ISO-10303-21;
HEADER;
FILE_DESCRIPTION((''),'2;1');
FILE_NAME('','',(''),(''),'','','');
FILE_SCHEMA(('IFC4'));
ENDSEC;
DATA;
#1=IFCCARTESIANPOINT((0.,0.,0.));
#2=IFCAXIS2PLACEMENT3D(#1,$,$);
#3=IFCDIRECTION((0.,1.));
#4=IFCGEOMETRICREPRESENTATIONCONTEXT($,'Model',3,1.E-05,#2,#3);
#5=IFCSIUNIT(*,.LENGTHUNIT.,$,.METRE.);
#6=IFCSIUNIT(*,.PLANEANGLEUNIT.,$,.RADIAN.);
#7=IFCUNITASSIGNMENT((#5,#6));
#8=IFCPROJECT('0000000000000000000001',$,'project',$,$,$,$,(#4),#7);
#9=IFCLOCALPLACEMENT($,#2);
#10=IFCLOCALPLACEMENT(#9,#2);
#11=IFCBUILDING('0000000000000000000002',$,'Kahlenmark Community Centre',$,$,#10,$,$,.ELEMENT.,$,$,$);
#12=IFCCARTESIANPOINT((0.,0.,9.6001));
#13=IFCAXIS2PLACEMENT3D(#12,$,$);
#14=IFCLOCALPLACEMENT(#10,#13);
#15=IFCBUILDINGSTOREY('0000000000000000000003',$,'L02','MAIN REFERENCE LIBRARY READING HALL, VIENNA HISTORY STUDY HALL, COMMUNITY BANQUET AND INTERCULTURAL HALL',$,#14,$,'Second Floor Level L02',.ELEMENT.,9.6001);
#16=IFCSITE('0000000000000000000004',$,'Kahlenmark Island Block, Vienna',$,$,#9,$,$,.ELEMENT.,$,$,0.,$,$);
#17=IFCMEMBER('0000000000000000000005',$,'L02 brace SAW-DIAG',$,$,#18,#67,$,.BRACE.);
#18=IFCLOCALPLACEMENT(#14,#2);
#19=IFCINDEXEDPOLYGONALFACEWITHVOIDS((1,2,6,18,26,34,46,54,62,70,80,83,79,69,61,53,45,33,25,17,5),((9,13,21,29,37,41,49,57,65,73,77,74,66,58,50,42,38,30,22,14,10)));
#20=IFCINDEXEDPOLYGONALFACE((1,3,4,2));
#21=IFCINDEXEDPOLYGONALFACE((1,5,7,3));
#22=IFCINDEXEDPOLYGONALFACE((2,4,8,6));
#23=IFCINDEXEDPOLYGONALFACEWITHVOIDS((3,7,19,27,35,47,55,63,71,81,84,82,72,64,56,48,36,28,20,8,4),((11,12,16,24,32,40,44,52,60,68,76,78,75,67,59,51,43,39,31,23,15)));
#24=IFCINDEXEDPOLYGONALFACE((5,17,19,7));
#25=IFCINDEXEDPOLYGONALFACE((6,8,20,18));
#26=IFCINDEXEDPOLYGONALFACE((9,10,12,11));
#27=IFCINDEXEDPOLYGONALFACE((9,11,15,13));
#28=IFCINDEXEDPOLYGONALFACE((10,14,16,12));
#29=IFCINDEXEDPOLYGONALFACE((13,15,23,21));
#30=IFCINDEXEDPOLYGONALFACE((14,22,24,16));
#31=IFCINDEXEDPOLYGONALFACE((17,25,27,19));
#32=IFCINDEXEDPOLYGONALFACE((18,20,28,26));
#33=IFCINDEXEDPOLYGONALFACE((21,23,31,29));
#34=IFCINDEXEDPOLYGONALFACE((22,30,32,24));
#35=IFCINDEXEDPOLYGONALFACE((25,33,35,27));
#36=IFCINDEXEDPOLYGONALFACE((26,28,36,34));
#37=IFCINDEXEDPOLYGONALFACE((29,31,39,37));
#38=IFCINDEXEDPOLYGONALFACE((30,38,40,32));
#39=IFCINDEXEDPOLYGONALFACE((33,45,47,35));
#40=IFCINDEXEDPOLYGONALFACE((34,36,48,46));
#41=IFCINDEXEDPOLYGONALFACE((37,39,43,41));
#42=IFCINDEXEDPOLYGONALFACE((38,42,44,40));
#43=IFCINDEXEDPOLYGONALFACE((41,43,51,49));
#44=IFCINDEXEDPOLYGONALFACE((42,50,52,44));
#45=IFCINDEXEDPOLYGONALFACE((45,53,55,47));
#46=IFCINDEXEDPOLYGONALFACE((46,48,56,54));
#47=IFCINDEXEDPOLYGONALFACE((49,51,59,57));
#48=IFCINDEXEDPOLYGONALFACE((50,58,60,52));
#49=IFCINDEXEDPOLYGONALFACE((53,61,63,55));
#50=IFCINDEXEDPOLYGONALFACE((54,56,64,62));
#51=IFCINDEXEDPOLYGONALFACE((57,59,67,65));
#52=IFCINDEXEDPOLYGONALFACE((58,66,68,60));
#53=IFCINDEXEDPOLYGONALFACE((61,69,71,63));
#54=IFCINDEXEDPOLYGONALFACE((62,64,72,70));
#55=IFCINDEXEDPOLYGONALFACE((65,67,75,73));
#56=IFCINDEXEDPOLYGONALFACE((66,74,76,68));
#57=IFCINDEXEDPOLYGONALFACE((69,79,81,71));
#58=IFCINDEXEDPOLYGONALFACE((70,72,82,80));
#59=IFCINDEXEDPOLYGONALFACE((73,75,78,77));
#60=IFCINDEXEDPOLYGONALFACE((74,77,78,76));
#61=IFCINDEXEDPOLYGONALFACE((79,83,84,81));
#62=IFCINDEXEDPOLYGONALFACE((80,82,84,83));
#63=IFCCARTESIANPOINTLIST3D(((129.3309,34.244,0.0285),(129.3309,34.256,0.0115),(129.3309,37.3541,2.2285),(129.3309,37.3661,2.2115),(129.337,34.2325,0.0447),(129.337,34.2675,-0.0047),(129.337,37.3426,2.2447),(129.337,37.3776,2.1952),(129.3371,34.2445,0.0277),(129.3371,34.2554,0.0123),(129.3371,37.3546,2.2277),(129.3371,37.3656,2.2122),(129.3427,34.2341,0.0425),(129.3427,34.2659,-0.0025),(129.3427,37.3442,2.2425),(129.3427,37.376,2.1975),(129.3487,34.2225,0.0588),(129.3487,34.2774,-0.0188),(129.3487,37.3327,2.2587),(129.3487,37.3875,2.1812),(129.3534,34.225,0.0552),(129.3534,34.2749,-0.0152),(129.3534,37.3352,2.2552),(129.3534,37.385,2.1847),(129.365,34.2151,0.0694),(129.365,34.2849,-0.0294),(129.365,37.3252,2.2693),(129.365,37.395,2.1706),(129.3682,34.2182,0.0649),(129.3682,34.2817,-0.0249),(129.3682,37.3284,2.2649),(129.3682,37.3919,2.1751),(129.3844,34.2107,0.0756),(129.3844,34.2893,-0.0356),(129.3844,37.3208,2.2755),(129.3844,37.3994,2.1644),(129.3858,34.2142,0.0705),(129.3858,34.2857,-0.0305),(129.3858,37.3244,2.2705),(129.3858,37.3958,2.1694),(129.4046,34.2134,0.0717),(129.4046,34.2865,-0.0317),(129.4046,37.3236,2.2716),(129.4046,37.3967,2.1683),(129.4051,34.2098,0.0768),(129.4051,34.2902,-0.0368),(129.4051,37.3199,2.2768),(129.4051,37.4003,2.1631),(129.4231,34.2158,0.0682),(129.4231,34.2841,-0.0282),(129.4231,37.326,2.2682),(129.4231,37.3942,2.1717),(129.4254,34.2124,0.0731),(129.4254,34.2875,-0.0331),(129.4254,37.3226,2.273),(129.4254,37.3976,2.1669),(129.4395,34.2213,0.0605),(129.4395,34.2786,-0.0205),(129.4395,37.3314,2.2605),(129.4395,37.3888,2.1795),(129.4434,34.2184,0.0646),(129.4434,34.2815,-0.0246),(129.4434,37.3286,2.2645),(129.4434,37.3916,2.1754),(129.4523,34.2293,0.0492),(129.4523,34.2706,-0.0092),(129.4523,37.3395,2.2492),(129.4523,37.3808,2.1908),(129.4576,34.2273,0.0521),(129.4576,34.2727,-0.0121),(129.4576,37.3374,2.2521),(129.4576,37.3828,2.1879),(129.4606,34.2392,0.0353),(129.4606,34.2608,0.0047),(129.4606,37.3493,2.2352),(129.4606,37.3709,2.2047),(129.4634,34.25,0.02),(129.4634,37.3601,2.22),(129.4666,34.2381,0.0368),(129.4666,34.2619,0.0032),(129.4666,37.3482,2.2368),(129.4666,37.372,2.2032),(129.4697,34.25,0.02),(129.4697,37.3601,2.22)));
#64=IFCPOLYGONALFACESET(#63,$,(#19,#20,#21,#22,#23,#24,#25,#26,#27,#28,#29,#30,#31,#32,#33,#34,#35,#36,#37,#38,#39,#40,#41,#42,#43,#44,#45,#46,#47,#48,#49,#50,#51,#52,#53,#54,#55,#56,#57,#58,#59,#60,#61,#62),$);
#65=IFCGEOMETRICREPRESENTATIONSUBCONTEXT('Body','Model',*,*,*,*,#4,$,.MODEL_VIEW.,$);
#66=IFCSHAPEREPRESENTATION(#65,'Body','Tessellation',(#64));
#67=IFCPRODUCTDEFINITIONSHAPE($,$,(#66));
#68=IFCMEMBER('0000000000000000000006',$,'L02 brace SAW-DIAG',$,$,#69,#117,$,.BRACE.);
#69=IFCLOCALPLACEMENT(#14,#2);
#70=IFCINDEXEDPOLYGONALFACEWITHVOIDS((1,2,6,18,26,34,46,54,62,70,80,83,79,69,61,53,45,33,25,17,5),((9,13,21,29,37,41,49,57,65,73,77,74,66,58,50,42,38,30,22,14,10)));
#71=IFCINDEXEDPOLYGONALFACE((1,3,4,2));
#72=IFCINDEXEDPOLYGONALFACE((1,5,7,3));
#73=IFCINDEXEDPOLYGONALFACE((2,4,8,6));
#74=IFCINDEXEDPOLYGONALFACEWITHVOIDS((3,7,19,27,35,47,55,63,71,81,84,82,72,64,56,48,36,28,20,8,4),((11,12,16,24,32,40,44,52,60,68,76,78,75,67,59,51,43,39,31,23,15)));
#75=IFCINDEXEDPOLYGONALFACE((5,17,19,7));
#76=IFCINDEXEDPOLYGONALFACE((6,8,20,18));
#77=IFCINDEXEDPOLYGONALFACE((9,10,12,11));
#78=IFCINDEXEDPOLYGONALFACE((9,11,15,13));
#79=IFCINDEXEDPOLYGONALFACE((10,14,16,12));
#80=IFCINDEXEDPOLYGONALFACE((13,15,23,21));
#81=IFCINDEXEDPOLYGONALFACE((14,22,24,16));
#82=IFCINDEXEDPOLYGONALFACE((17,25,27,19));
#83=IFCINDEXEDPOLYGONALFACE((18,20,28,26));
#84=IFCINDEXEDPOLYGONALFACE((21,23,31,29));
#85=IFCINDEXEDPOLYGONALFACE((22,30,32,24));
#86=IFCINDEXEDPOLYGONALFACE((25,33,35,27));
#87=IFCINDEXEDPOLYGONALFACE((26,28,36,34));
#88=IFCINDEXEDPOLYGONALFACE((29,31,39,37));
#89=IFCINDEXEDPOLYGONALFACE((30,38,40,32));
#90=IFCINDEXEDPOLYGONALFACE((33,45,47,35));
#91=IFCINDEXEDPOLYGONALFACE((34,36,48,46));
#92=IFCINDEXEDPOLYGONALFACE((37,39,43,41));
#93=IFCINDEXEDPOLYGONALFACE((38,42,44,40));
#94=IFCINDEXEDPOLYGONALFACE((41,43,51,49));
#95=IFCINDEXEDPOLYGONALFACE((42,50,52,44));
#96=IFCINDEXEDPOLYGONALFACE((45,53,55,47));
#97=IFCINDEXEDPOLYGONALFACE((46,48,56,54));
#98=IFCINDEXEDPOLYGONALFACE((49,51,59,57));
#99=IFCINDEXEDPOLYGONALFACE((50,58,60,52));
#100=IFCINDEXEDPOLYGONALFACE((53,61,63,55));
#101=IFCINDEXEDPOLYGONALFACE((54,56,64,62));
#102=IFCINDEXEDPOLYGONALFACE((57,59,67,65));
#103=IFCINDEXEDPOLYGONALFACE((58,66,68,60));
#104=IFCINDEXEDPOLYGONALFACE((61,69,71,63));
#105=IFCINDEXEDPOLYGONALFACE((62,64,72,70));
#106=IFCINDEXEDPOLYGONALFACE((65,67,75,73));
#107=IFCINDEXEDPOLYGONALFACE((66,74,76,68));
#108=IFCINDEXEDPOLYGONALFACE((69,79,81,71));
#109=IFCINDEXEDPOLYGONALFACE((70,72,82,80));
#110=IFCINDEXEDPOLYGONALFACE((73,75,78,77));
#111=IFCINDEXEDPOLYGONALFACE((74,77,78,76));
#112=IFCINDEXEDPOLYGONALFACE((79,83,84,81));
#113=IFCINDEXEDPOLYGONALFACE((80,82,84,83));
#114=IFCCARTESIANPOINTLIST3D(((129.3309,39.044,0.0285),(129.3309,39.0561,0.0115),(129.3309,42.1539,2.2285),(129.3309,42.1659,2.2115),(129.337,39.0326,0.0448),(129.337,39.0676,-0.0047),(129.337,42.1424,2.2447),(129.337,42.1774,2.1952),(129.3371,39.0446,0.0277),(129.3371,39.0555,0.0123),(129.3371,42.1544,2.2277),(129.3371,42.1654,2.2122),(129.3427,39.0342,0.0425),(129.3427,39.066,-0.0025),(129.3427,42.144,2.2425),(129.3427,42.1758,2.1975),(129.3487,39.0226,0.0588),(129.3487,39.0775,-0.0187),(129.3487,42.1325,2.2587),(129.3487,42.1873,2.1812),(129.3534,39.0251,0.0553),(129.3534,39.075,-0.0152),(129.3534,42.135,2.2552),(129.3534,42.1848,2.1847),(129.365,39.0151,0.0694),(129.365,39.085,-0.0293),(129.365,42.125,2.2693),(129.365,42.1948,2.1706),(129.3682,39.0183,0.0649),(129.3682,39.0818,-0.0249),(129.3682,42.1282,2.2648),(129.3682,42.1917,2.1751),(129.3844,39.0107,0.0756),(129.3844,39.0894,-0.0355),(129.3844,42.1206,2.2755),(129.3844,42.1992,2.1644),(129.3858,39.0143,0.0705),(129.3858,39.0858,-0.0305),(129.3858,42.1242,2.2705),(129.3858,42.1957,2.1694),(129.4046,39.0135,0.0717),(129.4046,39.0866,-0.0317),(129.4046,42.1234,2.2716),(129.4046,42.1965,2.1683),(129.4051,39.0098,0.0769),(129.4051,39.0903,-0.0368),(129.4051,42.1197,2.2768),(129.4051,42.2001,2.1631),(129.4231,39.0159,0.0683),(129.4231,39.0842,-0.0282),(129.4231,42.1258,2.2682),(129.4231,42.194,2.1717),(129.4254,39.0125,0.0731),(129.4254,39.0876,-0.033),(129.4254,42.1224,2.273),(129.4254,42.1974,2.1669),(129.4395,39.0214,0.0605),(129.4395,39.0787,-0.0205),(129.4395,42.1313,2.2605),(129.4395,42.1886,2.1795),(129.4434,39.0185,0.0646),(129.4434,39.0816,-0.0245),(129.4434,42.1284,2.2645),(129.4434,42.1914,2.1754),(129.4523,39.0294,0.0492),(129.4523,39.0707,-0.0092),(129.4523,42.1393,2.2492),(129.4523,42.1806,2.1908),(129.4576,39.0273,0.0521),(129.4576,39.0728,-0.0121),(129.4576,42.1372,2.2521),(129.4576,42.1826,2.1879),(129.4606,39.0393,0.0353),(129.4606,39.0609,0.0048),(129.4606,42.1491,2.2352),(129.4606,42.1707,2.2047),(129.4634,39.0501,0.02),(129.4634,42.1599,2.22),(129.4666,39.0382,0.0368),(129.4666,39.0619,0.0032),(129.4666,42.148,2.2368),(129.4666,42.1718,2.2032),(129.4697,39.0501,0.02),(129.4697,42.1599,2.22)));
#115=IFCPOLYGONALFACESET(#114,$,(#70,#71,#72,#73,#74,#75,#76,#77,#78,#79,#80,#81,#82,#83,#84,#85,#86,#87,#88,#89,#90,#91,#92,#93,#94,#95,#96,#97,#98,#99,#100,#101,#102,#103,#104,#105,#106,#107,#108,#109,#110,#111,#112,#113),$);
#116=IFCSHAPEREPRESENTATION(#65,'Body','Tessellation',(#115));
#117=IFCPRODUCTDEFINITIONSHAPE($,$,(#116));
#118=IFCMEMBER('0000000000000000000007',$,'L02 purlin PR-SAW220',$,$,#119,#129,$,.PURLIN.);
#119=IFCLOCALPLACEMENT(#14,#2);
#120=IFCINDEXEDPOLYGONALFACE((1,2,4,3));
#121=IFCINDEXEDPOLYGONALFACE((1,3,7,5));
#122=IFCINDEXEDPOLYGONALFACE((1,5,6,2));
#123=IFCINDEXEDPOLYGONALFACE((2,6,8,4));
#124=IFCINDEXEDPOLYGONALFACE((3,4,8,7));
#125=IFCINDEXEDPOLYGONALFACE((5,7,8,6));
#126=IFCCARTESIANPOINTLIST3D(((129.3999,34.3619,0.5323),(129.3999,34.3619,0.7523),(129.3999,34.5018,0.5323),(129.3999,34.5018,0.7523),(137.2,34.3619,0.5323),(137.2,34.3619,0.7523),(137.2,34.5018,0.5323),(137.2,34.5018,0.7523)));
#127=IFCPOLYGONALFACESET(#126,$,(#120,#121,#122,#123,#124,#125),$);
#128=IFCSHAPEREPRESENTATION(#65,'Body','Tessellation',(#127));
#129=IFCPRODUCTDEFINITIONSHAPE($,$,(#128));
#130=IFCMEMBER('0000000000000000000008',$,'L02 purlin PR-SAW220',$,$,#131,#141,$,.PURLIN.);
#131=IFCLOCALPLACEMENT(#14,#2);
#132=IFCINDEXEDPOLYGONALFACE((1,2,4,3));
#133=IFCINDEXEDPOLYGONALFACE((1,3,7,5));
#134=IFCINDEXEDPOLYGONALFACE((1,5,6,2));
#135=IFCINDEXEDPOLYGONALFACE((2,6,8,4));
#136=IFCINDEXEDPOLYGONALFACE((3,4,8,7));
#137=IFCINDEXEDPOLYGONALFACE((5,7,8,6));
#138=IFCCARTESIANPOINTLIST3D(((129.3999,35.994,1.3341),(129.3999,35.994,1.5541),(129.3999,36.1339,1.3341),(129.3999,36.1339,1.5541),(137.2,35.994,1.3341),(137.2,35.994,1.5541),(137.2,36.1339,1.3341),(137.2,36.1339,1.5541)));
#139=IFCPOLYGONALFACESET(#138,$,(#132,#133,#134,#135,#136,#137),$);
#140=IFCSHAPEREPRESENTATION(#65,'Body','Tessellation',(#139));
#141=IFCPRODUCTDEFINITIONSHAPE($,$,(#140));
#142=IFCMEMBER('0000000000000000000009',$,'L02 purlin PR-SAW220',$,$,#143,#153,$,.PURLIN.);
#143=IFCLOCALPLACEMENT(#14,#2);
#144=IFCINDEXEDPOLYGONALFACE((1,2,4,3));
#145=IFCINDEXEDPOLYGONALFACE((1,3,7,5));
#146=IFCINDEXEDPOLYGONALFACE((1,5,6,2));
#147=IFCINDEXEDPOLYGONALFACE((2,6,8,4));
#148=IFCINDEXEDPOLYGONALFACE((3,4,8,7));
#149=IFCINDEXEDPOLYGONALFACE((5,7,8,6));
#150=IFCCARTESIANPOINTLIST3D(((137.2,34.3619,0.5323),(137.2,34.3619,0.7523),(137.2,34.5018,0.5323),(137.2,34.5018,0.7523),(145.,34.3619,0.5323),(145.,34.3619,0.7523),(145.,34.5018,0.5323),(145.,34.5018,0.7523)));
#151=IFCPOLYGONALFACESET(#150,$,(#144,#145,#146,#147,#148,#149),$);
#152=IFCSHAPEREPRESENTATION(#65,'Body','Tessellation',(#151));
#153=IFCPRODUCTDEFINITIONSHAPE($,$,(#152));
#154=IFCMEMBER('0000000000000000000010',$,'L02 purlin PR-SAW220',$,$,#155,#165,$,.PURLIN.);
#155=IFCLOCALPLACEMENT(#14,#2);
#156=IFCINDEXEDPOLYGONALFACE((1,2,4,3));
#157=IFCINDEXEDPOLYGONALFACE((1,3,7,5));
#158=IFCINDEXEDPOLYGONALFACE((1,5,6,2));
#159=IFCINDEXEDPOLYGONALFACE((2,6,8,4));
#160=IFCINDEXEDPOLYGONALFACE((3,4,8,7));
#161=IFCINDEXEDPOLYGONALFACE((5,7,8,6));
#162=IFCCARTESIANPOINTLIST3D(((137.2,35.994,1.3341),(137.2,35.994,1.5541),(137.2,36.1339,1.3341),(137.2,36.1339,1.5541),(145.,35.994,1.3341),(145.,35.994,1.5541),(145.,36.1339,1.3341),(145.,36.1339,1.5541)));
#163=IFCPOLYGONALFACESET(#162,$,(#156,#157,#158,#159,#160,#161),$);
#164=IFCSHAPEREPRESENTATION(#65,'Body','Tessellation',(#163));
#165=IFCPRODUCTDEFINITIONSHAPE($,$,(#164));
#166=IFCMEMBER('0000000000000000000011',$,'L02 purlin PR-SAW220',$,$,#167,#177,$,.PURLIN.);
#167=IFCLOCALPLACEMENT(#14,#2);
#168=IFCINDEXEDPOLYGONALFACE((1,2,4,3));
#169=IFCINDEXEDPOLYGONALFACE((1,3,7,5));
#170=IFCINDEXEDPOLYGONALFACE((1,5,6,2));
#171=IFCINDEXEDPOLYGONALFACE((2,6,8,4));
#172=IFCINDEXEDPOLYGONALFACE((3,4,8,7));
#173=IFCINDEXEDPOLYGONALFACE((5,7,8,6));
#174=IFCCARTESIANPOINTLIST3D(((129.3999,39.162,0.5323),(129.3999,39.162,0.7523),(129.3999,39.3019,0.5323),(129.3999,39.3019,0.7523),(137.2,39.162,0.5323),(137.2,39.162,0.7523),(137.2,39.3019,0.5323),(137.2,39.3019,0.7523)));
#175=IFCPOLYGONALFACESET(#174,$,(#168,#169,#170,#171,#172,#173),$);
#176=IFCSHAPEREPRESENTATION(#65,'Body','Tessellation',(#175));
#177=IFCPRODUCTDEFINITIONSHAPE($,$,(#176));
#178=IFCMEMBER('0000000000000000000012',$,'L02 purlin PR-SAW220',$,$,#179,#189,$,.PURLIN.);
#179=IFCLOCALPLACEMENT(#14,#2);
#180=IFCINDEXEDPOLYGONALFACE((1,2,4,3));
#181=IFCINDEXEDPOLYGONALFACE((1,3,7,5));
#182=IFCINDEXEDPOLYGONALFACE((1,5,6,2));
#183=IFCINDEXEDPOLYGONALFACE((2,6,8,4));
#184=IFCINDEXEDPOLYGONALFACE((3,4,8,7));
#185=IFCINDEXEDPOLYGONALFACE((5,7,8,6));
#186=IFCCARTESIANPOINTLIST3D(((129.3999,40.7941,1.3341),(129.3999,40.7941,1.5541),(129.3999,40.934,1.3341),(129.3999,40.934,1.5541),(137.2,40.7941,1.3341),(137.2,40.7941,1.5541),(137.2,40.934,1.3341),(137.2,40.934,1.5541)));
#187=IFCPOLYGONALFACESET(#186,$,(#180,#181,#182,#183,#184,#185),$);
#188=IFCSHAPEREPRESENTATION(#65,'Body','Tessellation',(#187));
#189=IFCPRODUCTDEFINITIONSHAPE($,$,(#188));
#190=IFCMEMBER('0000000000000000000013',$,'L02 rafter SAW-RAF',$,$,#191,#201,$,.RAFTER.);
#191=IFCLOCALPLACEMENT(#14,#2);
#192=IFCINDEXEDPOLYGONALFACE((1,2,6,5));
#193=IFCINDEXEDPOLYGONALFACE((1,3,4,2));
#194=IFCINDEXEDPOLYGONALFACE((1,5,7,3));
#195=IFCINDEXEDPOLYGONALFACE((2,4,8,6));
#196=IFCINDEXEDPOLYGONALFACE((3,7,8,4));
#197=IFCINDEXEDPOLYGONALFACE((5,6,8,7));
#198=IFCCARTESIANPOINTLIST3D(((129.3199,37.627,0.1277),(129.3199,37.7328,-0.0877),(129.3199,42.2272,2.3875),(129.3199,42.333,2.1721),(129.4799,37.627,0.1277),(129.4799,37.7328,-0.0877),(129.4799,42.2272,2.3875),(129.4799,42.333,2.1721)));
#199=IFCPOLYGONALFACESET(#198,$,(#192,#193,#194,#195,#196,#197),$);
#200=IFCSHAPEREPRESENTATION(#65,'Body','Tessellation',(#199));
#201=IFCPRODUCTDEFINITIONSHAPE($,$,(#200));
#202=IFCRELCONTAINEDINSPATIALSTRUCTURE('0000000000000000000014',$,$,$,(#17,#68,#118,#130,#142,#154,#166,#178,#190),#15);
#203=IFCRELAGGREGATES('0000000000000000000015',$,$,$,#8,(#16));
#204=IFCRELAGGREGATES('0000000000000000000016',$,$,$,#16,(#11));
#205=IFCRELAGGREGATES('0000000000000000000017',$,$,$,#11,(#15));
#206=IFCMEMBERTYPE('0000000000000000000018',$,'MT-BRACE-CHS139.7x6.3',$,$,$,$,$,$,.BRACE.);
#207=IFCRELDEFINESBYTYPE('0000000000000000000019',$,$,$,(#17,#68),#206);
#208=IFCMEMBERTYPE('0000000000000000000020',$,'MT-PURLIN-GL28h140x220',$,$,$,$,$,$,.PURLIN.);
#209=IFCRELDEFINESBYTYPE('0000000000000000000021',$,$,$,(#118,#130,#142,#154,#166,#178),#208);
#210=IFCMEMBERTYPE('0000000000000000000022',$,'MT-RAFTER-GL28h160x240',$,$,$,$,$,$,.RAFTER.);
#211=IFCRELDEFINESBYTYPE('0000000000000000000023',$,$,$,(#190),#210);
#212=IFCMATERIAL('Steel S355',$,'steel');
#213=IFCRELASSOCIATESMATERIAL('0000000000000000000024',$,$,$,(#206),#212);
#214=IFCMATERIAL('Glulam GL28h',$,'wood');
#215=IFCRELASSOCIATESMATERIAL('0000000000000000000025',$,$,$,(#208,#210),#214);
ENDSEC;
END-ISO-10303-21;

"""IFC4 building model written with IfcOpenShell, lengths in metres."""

from ifc_helpers import new_model, si_unit, direction, frame, origin, origin_2d, place, context, subcontext, project, spatial, rectangle, hollow_circle, extrude, material, material_profile, profile_set, type_object, element, save


model = new_model("IFC4")

# Units and contexts
model_context = context("Model", 3, precision=1e-05, world=origin(), true_north=direction((0.0, 1.0)))
body_context = subcontext(model_context, "Body", "Model", "MODEL_VIEW")
ifc_project = project(units=[si_unit("LENGTHUNIT", "METRE"), si_unit("PLANEANGLEUNIT", "RADIAN")], contexts=[model_context])

# Site, building, storey
site_placement = place(None, origin())
site = spatial("IfcSite", under=ifc_project, at=site_placement, Name="Kahlenmark Island Block, Vienna", CompositionType="ELEMENT", RefElevation=0.0)
building_placement = place(site_placement, origin())
building = spatial("IfcBuilding", under=site, at=building_placement, Name="Kahlenmark Community Centre", CompositionType="ELEMENT")
storey_placement = place(building_placement, frame((0.0, 0.0, 9.6001)))
storey = spatial("IfcBuildingStorey", under=building, at=storey_placement, Name="L02", Description="MAIN REFERENCE LIBRARY READING HALL, VIENNA HISTORY STUDY HALL, COMMUNITY BANQUET AND INTERCULTURAL HALL", LongName="Second Floor Level L02", CompositionType="ELEMENT", Elevation=9.6001)

# Members
ifc_material_1 = material(Name="Steel S355", Category="steel")
ifc_material_profile_1 = material_profile(ifc_material_1, hollow_circle(Radius=0.0698, WallThickness=0.0063, at=origin_2d()), Name="CHS 139.7x6.3")
ifc_profile_set_1 = profile_set([ifc_material_profile_1], Name="Steel S355")
member_type_1 = type_object("IfcMemberType", Name="MT-BRACE-CHS139.7x6.3", PredefinedType="BRACE", material=ifc_profile_set_1)
member_1_placement = place(storey_placement, frame((129.3999, 37.3601, 2.22), z_axis=(0.0, -0.816401, -0.577486), x_axis=(1.0, 0.0, 0.0)))
element("IfcMember", 1, at=member_1_placement, inside=storey, type_object=member_type_1, Name="L02 brace SAW-DIAG", PredefinedType="BRACE", context=body_context, shape_type="SweptSolid", body=[
    extrude(hollow_circle(Radius=0.0698, WallThickness=0.0063, at=origin_2d()), origin(), (0.0, 0.0, 1.0), 3.8096),
])
member_2_placement = place(storey_placement, frame((129.3999, 42.1599, 2.22), z_axis=(0.0, -0.81638, -0.577516), x_axis=(1.0, 0.0, 0.0)))
element("IfcMember", 2, at=member_2_placement, inside=storey, type_object=member_type_1, Name="L02 brace SAW-DIAG", PredefinedType="BRACE", context=body_context, shape_type="SweptSolid", body=[
    extrude(hollow_circle(Radius=0.0698, WallThickness=0.0063, at=origin_2d()), origin(), (0.0, 0.0, 1.0), 3.8093),
])
ifc_material_2 = material(Name="Glulam GL28h", Category="wood")
ifc_material_profile_2 = material_profile(ifc_material_2, rectangle(XDim=0.1399, YDim=0.22, at=origin_2d()), Name="GL28h 140x220")
ifc_profile_set_2 = profile_set([ifc_material_profile_2], Name="Glulam GL28h")
member_type_2 = type_object("IfcMemberType", Name="MT-PURLIN-GL28h140x220", PredefinedType="PURLIN", material=ifc_profile_set_2)
for number, where, z_axis, x_axis, name in (
    (3, (129.3999, 34.4319, 0.6423), (1.0, 0.0, 0.0), (0.0, 1.0, 0.0), "L02 purlin PR-SAW220"),
    (4, (129.3999, 36.064, 1.4441), (1.0, 0.0, 0.0), (0.0, 1.0, 0.0), "L02 purlin PR-SAW220"),
    (5, (137.2, 34.4319, 0.6423), (1.0, 0.0, 0.0), (0.0, 1.0, 0.0), "L02 purlin PR-SAW220"),
    (6, (137.2, 36.064, 1.4441), (1.0, 0.0, 0.0), (0.0, 1.0, 0.0), "L02 purlin PR-SAW220"),
    (7, (129.3999, 39.2319, 0.6423), (1.0, 0.0, 0.0), (0.0, 1.0, 0.0), "L02 purlin PR-SAW220"),
    (8, (129.3999, 40.864, 1.4441), (1.0, 0.0, 0.0), (0.0, 1.0, 0.0), "L02 purlin PR-SAW220"),
):
    element("IfcMember", number, at=place(storey_placement, frame(where, z_axis=z_axis, x_axis=x_axis)), inside=storey, type_object=member_type_2, Name=name, PredefinedType="PURLIN", context=body_context, shape_type="SweptSolid", body=[
        extrude(rectangle(XDim=0.1399, YDim=0.22, at=origin_2d()), origin(), (0.0, 0.0, 1.0), 7.8),
    ])
ifc_material_profile_3 = material_profile(ifc_material_2, rectangle(XDim=0.1599, YDim=0.24, at=origin_2d()), Name="GL28h 160x240")
ifc_profile_set_3 = profile_set([ifc_material_profile_3], Name="Glulam GL28h")
member_type_3 = type_object("IfcMemberType", Name="MT-RAFTER-GL28h160x240", PredefinedType="RAFTER", material=ifc_profile_set_3)
member_3_placement = place(storey_placement, frame((129.3999, 37.6799, 0.02), z_axis=(0.0, 0.897549, 0.440915), x_axis=(-1.0, 0.0, 0.0)))
element("IfcMember", 9, at=member_3_placement, inside=storey, type_object=member_type_3, Name="L02 rafter SAW-RAF", PredefinedType="RAFTER", context=body_context, shape_type="SweptSolid", body=[
    extrude(rectangle(XDim=0.1599, YDim=0.24, at=origin_2d()), origin(), (0.0, 0.0, 1.0), 5.1252),
])

save(model, "model.ifc")
